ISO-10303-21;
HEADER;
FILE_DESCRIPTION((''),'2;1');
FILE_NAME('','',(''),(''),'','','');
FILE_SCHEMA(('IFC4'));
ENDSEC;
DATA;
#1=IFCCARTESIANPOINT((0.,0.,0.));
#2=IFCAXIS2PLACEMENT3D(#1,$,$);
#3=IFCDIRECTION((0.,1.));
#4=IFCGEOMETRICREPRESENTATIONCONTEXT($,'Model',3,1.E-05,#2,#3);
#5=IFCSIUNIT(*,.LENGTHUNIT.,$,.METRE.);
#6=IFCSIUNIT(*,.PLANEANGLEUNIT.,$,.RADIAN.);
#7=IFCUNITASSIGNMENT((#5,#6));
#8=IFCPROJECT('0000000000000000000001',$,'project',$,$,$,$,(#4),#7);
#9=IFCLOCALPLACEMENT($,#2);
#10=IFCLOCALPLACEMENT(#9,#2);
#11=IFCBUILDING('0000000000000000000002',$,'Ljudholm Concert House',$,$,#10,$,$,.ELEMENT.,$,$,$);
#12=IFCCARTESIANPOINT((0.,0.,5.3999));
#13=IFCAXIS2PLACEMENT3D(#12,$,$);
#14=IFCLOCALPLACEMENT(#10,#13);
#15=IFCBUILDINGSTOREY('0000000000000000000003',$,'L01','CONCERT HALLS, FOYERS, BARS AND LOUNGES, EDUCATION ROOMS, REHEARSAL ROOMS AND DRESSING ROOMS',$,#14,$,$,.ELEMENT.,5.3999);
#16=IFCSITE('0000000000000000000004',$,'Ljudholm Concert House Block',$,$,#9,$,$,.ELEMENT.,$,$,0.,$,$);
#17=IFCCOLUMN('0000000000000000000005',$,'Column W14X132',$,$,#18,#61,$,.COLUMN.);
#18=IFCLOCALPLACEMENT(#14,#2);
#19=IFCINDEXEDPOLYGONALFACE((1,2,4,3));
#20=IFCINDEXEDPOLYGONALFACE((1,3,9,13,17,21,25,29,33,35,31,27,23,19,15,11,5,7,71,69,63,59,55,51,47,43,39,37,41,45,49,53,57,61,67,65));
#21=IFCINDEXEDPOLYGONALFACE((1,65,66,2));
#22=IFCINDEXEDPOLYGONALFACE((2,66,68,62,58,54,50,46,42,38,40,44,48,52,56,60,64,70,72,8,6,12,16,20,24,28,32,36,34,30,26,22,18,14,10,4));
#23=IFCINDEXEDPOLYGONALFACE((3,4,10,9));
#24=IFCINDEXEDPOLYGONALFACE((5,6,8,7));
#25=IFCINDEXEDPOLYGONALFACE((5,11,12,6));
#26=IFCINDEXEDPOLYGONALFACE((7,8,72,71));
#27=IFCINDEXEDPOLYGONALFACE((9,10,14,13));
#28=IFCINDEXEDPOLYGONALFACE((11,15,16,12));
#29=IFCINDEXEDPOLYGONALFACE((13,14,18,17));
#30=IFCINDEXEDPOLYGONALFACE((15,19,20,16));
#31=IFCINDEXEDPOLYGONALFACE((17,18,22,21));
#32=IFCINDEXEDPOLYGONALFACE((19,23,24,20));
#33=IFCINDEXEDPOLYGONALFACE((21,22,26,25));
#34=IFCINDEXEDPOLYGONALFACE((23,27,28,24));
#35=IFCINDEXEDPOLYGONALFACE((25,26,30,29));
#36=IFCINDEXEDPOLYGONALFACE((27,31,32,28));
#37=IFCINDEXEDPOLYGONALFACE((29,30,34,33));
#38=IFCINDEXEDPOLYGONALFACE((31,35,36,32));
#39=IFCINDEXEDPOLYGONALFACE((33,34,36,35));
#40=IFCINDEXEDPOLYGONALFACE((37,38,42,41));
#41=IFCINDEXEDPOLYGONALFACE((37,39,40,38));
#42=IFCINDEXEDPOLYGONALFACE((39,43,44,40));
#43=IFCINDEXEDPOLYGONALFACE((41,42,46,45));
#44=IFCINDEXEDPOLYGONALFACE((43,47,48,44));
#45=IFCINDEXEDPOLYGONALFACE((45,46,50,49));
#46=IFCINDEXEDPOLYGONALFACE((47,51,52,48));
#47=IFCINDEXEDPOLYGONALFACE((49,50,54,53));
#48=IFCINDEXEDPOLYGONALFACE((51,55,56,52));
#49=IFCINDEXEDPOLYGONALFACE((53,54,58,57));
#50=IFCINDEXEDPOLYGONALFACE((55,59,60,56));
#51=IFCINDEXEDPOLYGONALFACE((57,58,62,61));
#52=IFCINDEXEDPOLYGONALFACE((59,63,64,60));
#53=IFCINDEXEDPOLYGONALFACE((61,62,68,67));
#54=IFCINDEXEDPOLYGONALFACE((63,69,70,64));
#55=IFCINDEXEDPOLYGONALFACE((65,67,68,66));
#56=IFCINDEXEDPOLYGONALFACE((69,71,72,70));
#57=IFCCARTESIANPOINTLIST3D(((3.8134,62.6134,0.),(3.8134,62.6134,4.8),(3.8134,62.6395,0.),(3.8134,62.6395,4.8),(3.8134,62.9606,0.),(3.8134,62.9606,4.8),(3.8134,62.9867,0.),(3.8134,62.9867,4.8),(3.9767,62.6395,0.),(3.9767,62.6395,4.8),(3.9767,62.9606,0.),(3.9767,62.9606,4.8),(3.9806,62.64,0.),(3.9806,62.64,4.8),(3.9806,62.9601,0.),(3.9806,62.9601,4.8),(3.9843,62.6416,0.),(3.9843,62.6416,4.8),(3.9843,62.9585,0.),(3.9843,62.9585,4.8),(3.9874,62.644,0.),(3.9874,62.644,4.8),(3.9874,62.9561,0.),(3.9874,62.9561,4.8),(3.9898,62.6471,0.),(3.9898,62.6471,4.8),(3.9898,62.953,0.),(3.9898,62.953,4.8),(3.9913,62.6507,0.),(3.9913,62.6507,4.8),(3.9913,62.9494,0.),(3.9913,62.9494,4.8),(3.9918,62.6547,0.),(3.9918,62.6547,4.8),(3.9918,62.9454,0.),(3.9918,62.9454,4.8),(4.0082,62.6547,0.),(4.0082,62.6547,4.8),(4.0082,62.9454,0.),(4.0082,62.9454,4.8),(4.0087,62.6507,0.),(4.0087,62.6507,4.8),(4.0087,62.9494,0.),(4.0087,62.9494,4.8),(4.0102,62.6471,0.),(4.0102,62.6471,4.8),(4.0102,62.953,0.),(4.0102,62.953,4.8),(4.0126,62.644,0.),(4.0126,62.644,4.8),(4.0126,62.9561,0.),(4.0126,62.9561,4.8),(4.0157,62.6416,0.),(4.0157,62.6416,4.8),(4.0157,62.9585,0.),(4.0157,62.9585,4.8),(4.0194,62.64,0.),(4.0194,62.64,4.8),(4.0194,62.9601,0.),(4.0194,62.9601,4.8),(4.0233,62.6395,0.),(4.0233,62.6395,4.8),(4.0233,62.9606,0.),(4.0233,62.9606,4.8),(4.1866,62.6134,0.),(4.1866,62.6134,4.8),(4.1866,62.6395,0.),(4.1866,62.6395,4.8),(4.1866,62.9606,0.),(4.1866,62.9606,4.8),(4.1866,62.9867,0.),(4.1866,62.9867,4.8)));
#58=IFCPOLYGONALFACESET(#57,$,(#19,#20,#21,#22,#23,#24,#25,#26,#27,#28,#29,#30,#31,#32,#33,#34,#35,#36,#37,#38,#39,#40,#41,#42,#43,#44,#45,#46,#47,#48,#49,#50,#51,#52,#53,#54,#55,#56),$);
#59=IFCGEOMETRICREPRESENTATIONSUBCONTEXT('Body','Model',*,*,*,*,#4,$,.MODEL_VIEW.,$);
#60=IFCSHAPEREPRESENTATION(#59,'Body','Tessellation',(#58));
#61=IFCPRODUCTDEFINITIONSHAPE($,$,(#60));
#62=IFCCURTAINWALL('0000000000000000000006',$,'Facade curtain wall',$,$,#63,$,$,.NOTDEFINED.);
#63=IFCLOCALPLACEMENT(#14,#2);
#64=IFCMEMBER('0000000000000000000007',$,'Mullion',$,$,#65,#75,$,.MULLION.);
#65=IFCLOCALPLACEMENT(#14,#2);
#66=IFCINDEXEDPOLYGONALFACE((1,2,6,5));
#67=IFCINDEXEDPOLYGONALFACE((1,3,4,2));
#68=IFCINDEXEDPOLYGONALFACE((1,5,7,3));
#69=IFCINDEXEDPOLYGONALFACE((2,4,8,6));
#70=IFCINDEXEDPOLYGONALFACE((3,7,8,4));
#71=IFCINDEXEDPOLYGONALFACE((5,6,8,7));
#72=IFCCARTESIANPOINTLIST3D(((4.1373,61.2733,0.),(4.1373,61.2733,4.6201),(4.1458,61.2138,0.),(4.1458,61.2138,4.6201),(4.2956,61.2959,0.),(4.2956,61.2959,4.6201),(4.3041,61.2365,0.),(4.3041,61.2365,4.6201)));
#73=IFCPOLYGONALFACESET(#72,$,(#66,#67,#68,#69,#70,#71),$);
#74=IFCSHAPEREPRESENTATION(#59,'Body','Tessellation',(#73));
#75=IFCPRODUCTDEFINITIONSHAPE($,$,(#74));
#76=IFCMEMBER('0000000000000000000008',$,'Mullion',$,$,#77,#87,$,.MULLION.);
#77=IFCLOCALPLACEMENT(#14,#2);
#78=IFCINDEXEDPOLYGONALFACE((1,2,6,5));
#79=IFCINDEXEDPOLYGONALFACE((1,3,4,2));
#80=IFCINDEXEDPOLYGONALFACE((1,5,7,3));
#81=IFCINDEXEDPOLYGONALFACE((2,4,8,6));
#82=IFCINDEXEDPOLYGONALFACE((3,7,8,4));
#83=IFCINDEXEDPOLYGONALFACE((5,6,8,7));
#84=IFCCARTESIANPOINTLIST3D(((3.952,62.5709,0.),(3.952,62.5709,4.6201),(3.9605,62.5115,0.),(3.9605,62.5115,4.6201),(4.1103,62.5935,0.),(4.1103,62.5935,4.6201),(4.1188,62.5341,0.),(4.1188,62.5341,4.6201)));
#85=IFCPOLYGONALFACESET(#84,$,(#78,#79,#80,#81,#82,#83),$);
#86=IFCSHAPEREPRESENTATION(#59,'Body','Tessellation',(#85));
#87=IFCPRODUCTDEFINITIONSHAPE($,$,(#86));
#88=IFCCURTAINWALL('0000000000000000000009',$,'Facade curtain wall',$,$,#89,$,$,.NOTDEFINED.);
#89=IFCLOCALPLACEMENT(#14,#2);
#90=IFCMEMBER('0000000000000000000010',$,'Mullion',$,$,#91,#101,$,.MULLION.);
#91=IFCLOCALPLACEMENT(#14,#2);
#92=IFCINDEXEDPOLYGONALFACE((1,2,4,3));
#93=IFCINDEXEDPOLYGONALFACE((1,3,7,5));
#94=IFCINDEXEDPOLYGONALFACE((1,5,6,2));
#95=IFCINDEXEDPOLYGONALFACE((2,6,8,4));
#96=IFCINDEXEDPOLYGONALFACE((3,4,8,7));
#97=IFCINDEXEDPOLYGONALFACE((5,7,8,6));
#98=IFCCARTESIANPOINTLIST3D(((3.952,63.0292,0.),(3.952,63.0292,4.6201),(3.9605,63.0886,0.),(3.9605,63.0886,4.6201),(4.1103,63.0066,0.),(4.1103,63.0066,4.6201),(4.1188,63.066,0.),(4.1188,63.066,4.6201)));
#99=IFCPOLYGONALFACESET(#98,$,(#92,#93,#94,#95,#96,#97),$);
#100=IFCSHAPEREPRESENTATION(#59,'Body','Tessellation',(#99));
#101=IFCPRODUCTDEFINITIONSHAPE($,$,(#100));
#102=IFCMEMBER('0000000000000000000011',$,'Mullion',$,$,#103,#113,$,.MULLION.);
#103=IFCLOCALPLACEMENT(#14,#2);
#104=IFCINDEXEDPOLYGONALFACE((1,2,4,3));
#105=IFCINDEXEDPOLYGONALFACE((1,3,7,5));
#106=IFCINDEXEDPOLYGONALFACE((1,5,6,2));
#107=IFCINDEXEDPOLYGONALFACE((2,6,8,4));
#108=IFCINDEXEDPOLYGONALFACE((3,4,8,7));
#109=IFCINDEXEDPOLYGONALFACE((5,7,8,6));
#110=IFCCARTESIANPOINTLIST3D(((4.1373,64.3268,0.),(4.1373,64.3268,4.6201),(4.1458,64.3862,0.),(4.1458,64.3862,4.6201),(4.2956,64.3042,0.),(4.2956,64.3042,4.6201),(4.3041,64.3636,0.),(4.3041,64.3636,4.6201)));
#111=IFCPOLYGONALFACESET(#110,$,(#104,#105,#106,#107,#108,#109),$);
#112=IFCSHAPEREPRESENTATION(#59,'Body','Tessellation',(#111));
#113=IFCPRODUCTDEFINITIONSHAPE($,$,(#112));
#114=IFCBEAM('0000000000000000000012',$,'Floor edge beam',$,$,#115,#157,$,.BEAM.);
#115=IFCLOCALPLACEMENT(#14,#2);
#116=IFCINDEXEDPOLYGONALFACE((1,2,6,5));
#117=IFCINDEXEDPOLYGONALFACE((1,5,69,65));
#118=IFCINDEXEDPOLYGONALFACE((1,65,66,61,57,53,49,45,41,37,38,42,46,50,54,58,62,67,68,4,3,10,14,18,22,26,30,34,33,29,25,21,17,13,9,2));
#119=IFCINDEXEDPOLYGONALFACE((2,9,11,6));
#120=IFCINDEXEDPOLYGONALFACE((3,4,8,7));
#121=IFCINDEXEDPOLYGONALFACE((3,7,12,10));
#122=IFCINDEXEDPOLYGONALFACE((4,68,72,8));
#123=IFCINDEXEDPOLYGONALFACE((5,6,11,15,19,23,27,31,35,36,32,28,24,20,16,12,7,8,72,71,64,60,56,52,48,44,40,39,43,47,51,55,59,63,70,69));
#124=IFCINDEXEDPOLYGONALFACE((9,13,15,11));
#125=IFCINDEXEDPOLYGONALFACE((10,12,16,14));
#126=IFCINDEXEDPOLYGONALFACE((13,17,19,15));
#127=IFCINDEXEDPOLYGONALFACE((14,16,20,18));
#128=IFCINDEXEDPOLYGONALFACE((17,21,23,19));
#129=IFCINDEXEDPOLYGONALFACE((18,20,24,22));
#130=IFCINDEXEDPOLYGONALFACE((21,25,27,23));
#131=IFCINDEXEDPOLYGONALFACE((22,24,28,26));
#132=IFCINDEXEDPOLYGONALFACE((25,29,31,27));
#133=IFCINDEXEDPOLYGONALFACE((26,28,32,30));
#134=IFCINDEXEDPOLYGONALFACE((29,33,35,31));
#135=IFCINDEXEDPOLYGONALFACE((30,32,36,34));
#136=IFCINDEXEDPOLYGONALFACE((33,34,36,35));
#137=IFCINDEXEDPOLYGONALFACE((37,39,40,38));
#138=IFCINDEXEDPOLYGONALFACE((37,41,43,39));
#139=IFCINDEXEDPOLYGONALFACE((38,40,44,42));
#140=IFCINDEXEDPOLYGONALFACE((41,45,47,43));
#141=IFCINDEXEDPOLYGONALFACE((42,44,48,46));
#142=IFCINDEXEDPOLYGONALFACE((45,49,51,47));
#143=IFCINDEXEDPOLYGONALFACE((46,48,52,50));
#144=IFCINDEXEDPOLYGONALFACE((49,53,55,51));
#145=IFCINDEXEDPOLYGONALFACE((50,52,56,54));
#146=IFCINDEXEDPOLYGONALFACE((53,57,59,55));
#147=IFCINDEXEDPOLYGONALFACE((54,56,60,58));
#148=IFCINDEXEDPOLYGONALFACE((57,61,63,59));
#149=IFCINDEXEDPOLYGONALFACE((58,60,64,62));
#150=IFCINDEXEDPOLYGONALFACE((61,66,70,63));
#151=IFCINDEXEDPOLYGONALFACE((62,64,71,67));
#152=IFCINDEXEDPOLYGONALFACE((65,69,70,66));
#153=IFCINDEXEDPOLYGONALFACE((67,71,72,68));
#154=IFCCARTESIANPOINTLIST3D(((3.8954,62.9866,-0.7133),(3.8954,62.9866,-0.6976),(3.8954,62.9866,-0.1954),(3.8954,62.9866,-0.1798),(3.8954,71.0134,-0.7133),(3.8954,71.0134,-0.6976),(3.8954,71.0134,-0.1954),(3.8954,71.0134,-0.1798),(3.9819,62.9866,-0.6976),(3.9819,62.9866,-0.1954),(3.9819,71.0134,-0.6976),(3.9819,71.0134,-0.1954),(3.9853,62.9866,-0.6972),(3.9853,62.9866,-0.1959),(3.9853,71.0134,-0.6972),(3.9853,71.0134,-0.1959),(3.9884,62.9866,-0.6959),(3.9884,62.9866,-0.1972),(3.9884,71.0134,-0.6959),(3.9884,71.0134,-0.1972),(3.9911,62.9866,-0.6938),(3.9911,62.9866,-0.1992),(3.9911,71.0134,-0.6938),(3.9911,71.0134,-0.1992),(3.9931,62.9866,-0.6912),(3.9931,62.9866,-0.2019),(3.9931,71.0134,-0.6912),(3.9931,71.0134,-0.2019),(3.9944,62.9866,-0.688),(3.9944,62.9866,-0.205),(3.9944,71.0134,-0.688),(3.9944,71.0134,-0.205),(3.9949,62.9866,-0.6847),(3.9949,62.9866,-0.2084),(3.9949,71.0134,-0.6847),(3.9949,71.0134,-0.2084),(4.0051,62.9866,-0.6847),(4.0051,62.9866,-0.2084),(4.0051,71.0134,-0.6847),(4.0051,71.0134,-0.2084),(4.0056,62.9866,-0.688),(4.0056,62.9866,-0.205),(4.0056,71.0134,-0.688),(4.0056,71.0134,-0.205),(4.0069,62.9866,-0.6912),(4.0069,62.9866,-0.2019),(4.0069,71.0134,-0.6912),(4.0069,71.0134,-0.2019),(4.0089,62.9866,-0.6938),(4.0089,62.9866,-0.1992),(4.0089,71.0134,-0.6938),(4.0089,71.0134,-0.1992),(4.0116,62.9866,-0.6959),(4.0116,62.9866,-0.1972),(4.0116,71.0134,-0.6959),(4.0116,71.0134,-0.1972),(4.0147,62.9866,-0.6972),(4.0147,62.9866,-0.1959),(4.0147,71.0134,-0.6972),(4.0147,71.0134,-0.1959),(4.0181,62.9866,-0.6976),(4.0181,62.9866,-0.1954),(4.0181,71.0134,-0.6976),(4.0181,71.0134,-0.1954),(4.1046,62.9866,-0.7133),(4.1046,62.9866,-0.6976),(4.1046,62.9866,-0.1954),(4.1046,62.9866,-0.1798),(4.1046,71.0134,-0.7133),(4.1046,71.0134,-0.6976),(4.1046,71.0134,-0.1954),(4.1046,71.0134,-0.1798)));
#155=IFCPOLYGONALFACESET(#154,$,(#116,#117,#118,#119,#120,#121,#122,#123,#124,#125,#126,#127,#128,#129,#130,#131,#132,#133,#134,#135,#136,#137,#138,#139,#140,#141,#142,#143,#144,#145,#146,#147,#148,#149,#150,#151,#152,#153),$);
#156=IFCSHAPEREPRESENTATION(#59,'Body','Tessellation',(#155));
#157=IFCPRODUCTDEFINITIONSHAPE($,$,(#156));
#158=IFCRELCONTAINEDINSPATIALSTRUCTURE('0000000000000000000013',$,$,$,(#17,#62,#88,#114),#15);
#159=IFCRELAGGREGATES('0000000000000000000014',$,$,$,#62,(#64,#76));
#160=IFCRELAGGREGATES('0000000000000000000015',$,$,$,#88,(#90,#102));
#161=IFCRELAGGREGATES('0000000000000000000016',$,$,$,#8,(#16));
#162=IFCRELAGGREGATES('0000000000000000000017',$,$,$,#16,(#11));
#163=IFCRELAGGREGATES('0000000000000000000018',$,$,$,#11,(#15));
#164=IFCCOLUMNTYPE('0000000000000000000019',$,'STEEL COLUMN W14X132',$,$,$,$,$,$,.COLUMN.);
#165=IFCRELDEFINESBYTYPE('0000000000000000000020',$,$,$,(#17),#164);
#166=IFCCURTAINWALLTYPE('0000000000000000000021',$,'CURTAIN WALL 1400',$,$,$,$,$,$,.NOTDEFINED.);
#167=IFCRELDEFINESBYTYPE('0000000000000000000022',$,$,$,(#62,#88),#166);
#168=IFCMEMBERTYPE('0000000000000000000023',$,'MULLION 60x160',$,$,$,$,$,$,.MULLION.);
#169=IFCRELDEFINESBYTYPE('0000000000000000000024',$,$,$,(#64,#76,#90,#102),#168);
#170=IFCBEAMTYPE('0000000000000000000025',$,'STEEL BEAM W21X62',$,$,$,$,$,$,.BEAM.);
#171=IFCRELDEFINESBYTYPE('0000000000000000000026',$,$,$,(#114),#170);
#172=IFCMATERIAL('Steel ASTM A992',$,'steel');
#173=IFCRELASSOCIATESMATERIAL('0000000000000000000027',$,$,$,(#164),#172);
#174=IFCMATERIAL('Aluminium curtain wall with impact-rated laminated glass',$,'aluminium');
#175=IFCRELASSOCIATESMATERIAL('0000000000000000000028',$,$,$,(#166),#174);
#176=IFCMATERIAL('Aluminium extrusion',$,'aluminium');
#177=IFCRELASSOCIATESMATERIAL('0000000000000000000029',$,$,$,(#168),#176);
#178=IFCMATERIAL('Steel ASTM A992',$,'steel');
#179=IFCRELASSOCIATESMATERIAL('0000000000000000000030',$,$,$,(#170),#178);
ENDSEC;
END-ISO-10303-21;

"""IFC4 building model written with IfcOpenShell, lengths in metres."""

from ifc_helpers import new_model, si_unit, direction, frame, origin, origin_2d, place, context, subcontext, project, spatial, rectangle, i_section, extrude, material, material_profile, profile_set, type_object, element, aggregate, save


model = new_model("IFC4")

# Units and contexts
model_context = context("Model", 3, precision=1e-05, world=origin(), true_north=direction((0.0, 1.0)))
body_context = subcontext(model_context, "Body", "Model", "MODEL_VIEW")
ifc_project = project(units=[si_unit("LENGTHUNIT", "METRE"), si_unit("PLANEANGLEUNIT", "RADIAN")], contexts=[model_context])

# Site, building, storey
site_placement = place(None, origin())
site = spatial("IfcSite", under=ifc_project, at=site_placement, Name="Ljudholm Concert House Block", CompositionType="ELEMENT", RefElevation=0.0)
building_placement = place(site_placement, origin())
building = spatial("IfcBuilding", under=site, at=building_placement, Name="Ljudholm Concert House", CompositionType="ELEMENT")
storey_placement = place(building_placement, frame((0.0, 0.0, 5.3999)))
storey = spatial("IfcBuildingStorey", under=building, at=storey_placement, Name="L01", Description="CONCERT HALLS, FOYERS, BARS AND LOUNGES, EDUCATION ROOMS, REHEARSAL ROOMS AND DRESSING ROOMS", CompositionType="ELEMENT", Elevation=5.3999)

# Column
ifc_material_1 = material(Name="Steel ASTM A992", Category="steel")
ifc_material_profile_1 = material_profile(ifc_material_1, i_section(OverallWidth=0.3733, OverallDepth=0.3733, WebThickness=0.0164, FlangeThickness=0.0261, FilletRadius=0.0151, at=origin_2d()), Name="W14X132")
ifc_profile_set_1 = profile_set([ifc_material_profile_1], Name="Steel ASTM A992")
column_type = type_object("IfcColumnType", Name="STEEL COLUMN W14X132", PredefinedType="COLUMN", material=ifc_profile_set_1)
column_placement = place(storey_placement, frame((4.0, 62.8, 0.0), z_axis=(0.0, 0.0, 1.0), x_axis=(1.0, 0.0, 0.0)))
element("IfcColumn", 1, at=column_placement, inside=storey, type_object=column_type, Name="Column W14X132", PredefinedType="COLUMN", context=body_context, shape_type="SweptSolid", body=[
    extrude(i_section(OverallWidth=0.3733, OverallDepth=0.3733, WebThickness=0.0164, FlangeThickness=0.0261, FilletRadius=0.0151, at=origin_2d()), origin(), (0.0, 0.0, 1.0), 4.8),
])

# Curtain walls, members
ifc_material_2 = material(Name="Aluminium curtain wall with impact-rated laminated glass", Category="aluminium")
curtain_wall_type = type_object("IfcCurtainWallType", Name="CURTAIN WALL 1400", PredefinedType="NOTDEFINED", material=ifc_material_2)
curtain_wall_1_placement = place(storey_placement, origin())
curtain_wall_1 = element("IfcCurtainWall", 2, at=curtain_wall_1_placement, inside=storey, type_object=curtain_wall_type, Name="Facade curtain wall", PredefinedType="NOTDEFINED")
ifc_material_3 = material(Name="Aluminium extrusion", Category="aluminium")
ifc_material_profile_2 = material_profile(ifc_material_3, rectangle(XDim=0.1599, YDim=0.0601, at=origin_2d()), Name="MULLION 60x160")
ifc_profile_set_2 = profile_set([ifc_material_profile_2], Name="Aluminium extrusion")
member_type_1 = type_object("IfcMemberType", Name="MULLION 60x160", PredefinedType="MULLION", material=ifc_profile_set_2)
member_1_placement = place(storey_placement, frame((4.2207, 61.2549, 0.0), z_axis=(0.0, 0.0, 1.0), x_axis=(-0.989949, -0.141421, 0.0)))
member_1 = element("IfcMember", 3, at=member_1_placement, type_object=member_type_1, Name="Mullion", PredefinedType="MULLION", context=body_context, shape_type="SweptSolid", body=[
    extrude(rectangle(XDim=0.1599, YDim=0.0601, at=origin_2d()), origin(), (0.0, 0.0, 1.0), 4.6201),
])
member_2_placement = place(storey_placement, frame((4.0354, 62.5525, 0.0), z_axis=(0.0, 0.0, 1.0), x_axis=(-0.989949, -0.141421, 0.0)))
member_2 = element("IfcMember", 4, at=member_2_placement, type_object=member_type_1, Name="Mullion", PredefinedType="MULLION", context=body_context, shape_type="SweptSolid", body=[
    extrude(rectangle(XDim=0.1599, YDim=0.0601, at=origin_2d()), origin(), (0.0, 0.0, 1.0), 4.6201),
])
curtain_wall_2_placement = place(storey_placement, origin())
curtain_wall_2 = element("IfcCurtainWall", 5, at=curtain_wall_2_placement, inside=storey, type_object=curtain_wall_type, Name="Facade curtain wall", PredefinedType="NOTDEFINED")
member_3_placement = place(storey_placement, frame((4.0354, 63.0476, 0.0), z_axis=(0.0, 0.0, 1.0), x_axis=(-0.989949, 0.141421, 0.0)))
member_3 = element("IfcMember", 6, at=member_3_placement, type_object=member_type_1, Name="Mullion", PredefinedType="MULLION", context=body_context, shape_type="SweptSolid", body=[
    extrude(rectangle(XDim=0.1599, YDim=0.0601, at=origin_2d()), origin(), (0.0, 0.0, 1.0), 4.6201),
])
member_4_placement = place(storey_placement, frame((4.2207, 64.3452, 0.0), z_axis=(0.0, 0.0, 1.0), x_axis=(-0.989949, 0.141421, 0.0)))
member_4 = element("IfcMember", 7, at=member_4_placement, type_object=member_type_1, Name="Mullion", PredefinedType="MULLION", context=body_context, shape_type="SweptSolid", body=[
    extrude(rectangle(XDim=0.1599, YDim=0.0601, at=origin_2d()), origin(), (0.0, 0.0, 1.0), 4.6201),
])

# Beam
ifc_material_4 = material(Name="Steel ASTM A992", Category="steel")
ifc_material_profile_3 = material_profile(ifc_material_4, i_section(OverallWidth=0.2092, OverallDepth=0.5334, WebThickness=0.0103, FlangeThickness=0.0156, FilletRadius=0.0129, at=origin_2d()), Name="W21X62")
ifc_profile_set_3 = profile_set([ifc_material_profile_3], Name="Steel ASTM A992")
beam_type_1 = type_object("IfcBeamType", Name="STEEL BEAM W21X62", PredefinedType="BEAM", material=ifc_profile_set_3)
beam_1_placement = place(storey_placement, frame((4.0, 62.9866, -0.4465), z_axis=(0.0, 1.0, 0.0), x_axis=(-1.0, 0.0, 0.0)))
element("IfcBeam", 8, at=beam_1_placement, inside=storey, type_object=beam_type_1, Name="Floor edge beam", PredefinedType="BEAM", context=body_context, shape_type="SweptSolid", body=[
    extrude(i_section(OverallWidth=0.2092, OverallDepth=0.5334, WebThickness=0.0103, FlangeThickness=0.0156, FilletRadius=0.0129, at=origin_2d()), origin(), (0.0, 0.0, 1.0), 8.0269),
])

aggregate(curtain_wall_1, [member_1, member_2])
aggregate(curtain_wall_2, [member_3, member_4])

save(model, "model.ifc")
